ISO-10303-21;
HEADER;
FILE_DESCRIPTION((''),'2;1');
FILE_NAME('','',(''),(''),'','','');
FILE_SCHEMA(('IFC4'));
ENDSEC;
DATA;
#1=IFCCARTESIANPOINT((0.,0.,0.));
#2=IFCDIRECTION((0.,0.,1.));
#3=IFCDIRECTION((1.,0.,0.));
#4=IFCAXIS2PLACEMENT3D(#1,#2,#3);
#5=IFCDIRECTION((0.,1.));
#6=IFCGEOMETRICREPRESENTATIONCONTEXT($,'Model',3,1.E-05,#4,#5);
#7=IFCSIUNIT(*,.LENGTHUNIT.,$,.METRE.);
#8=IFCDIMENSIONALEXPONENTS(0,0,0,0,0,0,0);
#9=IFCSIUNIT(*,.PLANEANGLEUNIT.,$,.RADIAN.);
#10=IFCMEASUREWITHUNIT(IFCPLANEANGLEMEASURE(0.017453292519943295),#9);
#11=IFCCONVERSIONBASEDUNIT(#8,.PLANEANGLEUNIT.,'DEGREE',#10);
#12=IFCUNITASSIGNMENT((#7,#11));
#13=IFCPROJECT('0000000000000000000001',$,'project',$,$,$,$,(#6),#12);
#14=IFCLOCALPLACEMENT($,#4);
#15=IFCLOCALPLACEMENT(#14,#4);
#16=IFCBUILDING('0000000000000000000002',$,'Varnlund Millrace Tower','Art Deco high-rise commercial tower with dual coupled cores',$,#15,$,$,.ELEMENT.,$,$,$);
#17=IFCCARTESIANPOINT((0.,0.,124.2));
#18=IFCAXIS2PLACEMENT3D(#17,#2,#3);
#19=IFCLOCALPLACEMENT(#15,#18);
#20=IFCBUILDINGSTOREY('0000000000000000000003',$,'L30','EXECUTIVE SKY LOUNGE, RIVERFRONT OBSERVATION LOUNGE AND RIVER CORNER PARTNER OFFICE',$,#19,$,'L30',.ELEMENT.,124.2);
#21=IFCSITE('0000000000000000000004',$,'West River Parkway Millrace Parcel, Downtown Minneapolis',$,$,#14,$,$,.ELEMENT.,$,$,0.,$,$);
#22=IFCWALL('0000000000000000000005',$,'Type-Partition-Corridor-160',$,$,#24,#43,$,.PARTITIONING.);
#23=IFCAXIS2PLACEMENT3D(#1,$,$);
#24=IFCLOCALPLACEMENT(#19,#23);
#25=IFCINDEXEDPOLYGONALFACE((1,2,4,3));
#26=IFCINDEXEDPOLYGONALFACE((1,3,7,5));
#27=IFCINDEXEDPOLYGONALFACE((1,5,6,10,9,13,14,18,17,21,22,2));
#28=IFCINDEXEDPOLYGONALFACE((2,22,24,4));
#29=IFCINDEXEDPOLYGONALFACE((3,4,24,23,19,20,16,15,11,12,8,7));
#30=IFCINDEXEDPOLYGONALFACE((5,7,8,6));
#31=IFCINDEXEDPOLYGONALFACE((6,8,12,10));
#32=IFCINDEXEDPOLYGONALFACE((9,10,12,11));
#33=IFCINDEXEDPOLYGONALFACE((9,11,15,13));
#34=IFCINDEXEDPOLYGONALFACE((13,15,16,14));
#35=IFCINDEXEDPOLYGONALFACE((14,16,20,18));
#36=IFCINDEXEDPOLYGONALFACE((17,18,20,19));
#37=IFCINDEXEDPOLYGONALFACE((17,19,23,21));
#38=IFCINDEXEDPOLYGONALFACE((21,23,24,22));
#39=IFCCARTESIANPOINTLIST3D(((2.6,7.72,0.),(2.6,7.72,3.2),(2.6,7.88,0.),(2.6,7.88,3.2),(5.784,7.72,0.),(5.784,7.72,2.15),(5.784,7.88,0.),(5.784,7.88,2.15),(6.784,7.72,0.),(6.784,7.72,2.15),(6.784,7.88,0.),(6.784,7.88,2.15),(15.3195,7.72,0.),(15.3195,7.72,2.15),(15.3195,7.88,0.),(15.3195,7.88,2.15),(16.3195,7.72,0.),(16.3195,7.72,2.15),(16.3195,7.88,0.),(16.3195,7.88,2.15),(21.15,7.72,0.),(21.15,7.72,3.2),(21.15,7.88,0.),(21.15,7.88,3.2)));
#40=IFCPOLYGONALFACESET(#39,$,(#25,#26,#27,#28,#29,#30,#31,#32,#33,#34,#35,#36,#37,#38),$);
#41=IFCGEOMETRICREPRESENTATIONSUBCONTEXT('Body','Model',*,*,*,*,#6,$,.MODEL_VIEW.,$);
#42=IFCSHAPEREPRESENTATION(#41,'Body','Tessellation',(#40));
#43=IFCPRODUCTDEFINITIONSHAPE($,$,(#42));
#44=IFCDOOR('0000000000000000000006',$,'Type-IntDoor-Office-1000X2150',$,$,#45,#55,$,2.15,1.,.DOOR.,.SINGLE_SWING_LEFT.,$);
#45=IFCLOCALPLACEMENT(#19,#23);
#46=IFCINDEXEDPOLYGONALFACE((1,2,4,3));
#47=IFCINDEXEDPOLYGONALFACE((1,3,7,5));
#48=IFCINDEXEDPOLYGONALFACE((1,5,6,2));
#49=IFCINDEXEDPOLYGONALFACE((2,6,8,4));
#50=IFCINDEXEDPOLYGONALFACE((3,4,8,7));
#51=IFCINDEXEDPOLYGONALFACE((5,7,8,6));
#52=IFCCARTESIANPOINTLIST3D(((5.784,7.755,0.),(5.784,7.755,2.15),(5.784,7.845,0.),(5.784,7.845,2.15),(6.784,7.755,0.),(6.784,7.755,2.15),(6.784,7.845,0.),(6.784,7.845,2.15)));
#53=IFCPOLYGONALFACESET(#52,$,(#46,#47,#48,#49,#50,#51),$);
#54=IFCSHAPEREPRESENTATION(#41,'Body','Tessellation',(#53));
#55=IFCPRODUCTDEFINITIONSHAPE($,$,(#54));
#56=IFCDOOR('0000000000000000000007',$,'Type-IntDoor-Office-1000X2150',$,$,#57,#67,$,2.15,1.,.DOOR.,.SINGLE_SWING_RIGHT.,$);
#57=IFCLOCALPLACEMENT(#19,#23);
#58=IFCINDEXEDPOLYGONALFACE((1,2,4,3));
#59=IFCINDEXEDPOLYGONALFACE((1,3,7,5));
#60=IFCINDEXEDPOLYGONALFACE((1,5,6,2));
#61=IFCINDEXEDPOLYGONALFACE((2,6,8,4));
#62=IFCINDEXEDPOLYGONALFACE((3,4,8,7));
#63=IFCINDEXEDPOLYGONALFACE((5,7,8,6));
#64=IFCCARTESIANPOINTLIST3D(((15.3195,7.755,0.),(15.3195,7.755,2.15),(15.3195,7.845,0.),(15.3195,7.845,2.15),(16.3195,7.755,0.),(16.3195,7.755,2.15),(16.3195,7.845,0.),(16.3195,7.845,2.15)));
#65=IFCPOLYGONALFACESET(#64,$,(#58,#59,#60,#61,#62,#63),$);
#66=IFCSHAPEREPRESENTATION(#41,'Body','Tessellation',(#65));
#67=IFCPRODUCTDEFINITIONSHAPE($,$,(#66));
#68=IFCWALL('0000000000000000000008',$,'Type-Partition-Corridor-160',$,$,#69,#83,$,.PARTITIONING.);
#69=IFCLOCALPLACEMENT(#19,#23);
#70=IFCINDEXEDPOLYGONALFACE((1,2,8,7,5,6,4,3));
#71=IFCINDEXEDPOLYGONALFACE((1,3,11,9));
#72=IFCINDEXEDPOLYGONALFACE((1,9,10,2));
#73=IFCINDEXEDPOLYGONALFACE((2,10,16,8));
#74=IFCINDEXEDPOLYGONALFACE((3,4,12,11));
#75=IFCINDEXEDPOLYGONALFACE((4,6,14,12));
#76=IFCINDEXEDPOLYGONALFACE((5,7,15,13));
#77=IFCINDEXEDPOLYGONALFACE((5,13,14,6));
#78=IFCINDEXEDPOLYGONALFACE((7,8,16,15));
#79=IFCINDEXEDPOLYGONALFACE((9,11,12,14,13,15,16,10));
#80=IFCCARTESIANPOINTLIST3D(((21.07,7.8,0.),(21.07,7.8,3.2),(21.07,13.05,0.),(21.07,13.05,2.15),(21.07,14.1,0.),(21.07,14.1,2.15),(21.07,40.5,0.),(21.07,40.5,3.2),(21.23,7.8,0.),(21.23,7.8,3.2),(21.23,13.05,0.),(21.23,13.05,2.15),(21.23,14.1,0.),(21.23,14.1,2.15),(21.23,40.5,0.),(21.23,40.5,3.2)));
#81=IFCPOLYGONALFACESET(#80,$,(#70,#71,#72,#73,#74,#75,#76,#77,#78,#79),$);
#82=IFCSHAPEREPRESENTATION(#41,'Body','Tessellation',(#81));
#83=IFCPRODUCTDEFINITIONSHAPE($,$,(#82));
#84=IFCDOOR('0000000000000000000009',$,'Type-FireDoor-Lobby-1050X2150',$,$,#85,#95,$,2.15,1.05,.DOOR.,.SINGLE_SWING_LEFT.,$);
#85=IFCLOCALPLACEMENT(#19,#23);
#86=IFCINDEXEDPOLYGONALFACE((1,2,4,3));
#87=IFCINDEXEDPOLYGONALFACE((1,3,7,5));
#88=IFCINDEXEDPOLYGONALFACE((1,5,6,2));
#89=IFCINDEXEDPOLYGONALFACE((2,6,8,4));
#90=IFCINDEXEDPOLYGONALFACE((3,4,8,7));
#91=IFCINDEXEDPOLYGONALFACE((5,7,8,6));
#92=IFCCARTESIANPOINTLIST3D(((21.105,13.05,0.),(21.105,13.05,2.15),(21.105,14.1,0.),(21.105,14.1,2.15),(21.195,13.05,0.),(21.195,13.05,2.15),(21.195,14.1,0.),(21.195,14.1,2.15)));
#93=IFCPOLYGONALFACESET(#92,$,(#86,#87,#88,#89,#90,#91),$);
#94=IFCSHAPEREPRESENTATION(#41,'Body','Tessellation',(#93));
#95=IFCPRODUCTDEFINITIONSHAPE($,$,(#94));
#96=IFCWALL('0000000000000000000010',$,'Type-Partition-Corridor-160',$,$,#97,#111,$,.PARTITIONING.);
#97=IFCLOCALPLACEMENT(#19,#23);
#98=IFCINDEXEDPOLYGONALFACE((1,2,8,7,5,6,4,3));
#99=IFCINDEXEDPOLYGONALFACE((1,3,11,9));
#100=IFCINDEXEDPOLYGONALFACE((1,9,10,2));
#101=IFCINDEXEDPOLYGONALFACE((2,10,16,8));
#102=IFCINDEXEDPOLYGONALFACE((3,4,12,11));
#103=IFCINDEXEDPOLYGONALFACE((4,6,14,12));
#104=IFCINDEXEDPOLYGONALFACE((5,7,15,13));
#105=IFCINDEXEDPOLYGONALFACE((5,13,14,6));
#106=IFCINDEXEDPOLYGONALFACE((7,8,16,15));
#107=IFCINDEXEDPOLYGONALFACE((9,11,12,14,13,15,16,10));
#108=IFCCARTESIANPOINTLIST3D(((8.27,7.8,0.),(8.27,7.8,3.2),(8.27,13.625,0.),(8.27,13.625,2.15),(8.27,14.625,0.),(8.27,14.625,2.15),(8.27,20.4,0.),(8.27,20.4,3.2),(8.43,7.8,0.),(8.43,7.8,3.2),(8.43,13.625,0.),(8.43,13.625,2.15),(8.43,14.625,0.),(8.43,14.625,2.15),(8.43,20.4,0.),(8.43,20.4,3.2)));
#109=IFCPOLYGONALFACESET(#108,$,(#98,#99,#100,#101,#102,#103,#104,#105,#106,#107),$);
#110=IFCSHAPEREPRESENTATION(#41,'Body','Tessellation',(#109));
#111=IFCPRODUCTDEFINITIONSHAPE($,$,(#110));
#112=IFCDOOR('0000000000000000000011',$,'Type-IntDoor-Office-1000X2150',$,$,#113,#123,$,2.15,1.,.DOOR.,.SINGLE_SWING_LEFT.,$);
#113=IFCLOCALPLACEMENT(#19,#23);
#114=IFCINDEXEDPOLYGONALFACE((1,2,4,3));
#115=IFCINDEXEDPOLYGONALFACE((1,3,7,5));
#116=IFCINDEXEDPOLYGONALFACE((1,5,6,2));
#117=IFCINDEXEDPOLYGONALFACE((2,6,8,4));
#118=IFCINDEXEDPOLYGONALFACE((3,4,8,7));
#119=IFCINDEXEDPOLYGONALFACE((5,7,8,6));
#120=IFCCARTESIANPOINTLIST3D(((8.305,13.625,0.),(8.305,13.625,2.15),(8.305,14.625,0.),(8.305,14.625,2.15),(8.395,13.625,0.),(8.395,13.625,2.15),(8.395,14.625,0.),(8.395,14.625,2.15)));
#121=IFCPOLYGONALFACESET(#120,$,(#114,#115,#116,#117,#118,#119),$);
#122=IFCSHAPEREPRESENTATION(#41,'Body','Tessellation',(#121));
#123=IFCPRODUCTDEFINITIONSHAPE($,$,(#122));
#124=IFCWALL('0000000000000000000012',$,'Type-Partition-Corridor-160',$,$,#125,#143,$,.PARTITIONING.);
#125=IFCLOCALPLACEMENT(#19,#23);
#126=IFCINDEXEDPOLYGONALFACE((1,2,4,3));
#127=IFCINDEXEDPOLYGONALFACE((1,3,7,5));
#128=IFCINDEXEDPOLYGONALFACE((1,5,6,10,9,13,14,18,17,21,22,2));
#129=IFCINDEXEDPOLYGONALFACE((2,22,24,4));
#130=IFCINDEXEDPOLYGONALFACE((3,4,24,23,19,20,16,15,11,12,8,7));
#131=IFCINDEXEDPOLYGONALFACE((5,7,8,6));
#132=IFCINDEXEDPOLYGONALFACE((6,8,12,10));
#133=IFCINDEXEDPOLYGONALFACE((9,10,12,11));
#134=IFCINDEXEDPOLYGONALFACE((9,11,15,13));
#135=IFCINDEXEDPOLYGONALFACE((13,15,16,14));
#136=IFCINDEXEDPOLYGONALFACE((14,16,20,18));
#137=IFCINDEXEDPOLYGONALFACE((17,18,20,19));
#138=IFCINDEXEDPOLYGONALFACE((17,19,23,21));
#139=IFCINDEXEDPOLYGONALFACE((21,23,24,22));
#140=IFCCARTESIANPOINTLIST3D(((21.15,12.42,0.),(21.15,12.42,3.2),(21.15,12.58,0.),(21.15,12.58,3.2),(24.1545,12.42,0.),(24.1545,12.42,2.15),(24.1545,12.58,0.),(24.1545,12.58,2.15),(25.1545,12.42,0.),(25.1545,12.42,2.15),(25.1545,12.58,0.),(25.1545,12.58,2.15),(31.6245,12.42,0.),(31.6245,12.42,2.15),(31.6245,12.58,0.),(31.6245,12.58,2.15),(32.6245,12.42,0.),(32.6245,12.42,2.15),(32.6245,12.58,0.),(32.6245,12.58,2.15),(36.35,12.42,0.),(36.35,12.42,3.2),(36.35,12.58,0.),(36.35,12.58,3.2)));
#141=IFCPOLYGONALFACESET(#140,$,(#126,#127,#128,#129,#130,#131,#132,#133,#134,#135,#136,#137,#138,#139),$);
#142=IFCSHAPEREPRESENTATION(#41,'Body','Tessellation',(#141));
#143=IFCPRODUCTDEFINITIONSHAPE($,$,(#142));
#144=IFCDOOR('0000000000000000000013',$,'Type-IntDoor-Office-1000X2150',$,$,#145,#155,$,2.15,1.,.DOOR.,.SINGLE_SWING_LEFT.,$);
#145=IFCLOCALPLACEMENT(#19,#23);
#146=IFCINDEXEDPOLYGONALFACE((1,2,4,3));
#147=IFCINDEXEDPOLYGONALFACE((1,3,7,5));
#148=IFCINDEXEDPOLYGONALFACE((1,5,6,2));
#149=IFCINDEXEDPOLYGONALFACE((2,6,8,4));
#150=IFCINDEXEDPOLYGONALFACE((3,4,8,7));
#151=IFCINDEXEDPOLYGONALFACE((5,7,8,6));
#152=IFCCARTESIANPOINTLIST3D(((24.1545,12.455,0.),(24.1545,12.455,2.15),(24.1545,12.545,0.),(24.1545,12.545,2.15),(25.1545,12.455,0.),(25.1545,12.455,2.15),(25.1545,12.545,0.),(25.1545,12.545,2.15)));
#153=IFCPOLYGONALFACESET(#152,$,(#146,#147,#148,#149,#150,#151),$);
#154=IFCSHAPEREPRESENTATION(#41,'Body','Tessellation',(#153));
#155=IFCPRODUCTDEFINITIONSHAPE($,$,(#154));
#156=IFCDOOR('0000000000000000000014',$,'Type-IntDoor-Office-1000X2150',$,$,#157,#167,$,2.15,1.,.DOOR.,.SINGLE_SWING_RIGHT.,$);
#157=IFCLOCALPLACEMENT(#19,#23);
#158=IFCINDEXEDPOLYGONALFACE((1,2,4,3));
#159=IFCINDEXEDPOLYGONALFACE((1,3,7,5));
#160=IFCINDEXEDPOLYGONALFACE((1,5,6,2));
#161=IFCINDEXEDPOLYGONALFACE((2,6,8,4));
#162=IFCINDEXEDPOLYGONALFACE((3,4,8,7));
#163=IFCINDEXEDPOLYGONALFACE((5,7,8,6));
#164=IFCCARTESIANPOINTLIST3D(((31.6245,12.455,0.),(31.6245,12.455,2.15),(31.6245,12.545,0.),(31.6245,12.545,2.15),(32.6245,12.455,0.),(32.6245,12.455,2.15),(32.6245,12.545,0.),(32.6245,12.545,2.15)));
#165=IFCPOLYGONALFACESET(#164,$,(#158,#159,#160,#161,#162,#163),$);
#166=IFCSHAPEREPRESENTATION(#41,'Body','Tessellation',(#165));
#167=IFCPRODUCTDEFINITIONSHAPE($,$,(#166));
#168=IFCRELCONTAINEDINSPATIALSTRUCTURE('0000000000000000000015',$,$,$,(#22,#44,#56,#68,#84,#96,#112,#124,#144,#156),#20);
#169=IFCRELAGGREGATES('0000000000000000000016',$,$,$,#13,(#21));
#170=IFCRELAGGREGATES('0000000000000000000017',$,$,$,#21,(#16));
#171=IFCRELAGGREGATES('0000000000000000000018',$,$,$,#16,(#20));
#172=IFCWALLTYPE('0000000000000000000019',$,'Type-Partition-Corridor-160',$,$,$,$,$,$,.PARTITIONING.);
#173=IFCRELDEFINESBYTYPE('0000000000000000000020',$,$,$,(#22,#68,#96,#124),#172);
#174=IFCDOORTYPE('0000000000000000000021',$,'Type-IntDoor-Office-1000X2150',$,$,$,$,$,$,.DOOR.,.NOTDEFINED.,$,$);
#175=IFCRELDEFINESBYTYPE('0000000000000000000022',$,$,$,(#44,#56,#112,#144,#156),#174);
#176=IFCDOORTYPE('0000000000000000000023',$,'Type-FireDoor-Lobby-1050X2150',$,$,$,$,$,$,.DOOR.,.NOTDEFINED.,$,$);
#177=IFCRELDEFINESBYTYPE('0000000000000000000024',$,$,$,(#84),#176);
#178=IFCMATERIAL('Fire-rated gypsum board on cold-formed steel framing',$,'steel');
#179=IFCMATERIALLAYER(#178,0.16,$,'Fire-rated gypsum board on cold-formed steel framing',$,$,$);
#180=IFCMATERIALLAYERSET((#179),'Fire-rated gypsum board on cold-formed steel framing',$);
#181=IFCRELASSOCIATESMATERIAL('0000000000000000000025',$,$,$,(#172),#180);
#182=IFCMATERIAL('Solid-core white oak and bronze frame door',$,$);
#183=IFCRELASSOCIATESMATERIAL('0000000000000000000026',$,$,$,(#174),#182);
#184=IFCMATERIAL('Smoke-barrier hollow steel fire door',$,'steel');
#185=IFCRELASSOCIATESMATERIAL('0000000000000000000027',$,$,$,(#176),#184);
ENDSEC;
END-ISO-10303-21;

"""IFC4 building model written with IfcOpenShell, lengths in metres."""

from ifc_helpers import new_model, entity, si_unit, converted_unit, direction, frame, origin_with_axes, origin_2d_with_axis, place, context, subcontext, project, spatial, polyline, rectangle, outline, extrude, material, layer, layer_set, type_object, element, fill, save


model = new_model("IFC4")

# Units and contexts
model_context = context("Model", 3, precision=1e-05, world=origin_with_axes(), true_north=direction((0.0, 1.0)))
body_context = subcontext(model_context, "Body", "Model", "MODEL_VIEW")
ifc_project = project(units=[si_unit("LENGTHUNIT", "METRE"), converted_unit("PLANEANGLEUNIT", "DEGREE", entity("IfcPlaneAngleMeasure", 0.017453292519943295), si_unit("PLANEANGLEUNIT", "RADIAN"), dimensions=[0, 0, 0, 0, 0, 0, 0])], contexts=[model_context])

# Site, building, storey
site_placement = place(None, origin_with_axes())
site = spatial("IfcSite", under=ifc_project, at=site_placement, Name="West River Parkway Millrace Parcel, Downtown Minneapolis", CompositionType="ELEMENT", RefElevation=0.0)
building_placement = place(site_placement, origin_with_axes())
building = spatial("IfcBuilding", under=site, at=building_placement, Name="Varnlund Millrace Tower", Description="Art Deco high-rise commercial tower with dual coupled cores", CompositionType="ELEMENT")
storey_placement = place(building_placement, frame((0.0, 0.0, 124.2), z_axis=(0.0, 0.0, 1.0), x_axis=(1.0, 0.0, 0.0)))
storey = spatial("IfcBuildingStorey", under=building, at=storey_placement, Name="L30", Description="EXECUTIVE SKY LOUNGE, RIVERFRONT OBSERVATION LOUNGE AND RIVER CORNER PARTNER OFFICE", LongName="L30", CompositionType="ELEMENT", Elevation=124.2)

# Wall, openings, doors
ifc_material_1 = material(Name="Fire-rated gypsum board on cold-formed steel framing", Category="steel")
ifc_layer_1 = layer(ifc_material_1, 0.16, Name="Fire-rated gypsum board on cold-formed steel framing")
ifc_layer_set_1 = layer_set([ifc_layer_1], Name="Fire-rated gypsum board on cold-formed steel framing")
wall_type_1 = type_object("IfcWallType", Name="Type-Partition-Corridor-160", PredefinedType="PARTITIONING", material=ifc_layer_set_1)
wall_1_placement = place(storey_placement, frame((2.6, 7.8, 0.0), z_axis=(0.0, 0.0, 1.0), x_axis=(1.0, 0.0, 0.0)))
wall_1 = element("IfcWall", 1, at=wall_1_placement, inside=storey, type_object=wall_type_1, Name="Type-Partition-Corridor-160", PredefinedType="PARTITIONING", context=body_context, shape_type="SweptSolid", body=[
    extrude(outline(polyline([(0.0, -0.08), (18.55, -0.08), (18.55, 0.08), (0.0, 0.08), (0.0, -0.08)])), origin_with_axes(), (0.0, 0.0, 1.0), 3.2),
])
opening_1_placement = place(wall_1_placement, frame((3.684, 0.0, 0.0), z_axis=(0.0, 0.0, 1.0), x_axis=(1.0, 0.0, 0.0)))
opening_1 = element("IfcOpeningElement", 2, at=opening_1_placement, cuts=wall_1, PredefinedType="OPENING", context=body_context, shape_type="SweptSolid", body=[
    extrude(rectangle(XDim=1.0, YDim=0.18, at=origin_2d_with_axis()), origin_with_axes(), (0.0, 0.0, 1.0), 2.15),
])
opening_2_placement = place(wall_1_placement, frame((13.2195, 0.0, 0.0), z_axis=(0.0, 0.0, 1.0), x_axis=(1.0, 0.0, 0.0)))
opening_2 = element("IfcOpeningElement", 3, at=opening_2_placement, cuts=wall_1, PredefinedType="OPENING", context=body_context, shape_type="SweptSolid", body=[
    extrude(rectangle(XDim=1.0, YDim=0.18, at=origin_2d_with_axis()), origin_with_axes(), (0.0, 0.0, 1.0), 2.15),
])
ifc_material_2 = material(Name="Solid-core white oak and bronze frame door")
door_type_1 = type_object("IfcDoorType", Name="Type-IntDoor-Office-1000X2150", OperationType="NOTDEFINED", PredefinedType="DOOR", material=ifc_material_2)
door_1_placement = place(wall_1_placement, frame((3.684, 0.0, 0.0), z_axis=(0.0, 0.0, 1.0), x_axis=(1.0, 0.0, 0.0)))
door_1 = element("IfcDoor", 4, at=door_1_placement, inside=storey, type_object=door_type_1, Name="Type-IntDoor-Office-1000X2150", OperationType="SINGLE_SWING_LEFT", OverallHeight=2.15, OverallWidth=1.0, PredefinedType="DOOR", context=body_context, shape_type="SweptSolid", body=[
    extrude(rectangle(XDim=1.0, YDim=0.09, at=origin_2d_with_axis()), origin_with_axes(), (0.0, 0.0, 1.0), 2.15),
])
fill(opening_1, door_1)
door_2_placement = place(wall_1_placement, frame((13.2195, 0.0, 0.0), z_axis=(0.0, 0.0, 1.0), x_axis=(1.0, 0.0, 0.0)))
door_2 = element("IfcDoor", 5, at=door_2_placement, inside=storey, type_object=door_type_1, Name="Type-IntDoor-Office-1000X2150", OperationType="SINGLE_SWING_RIGHT", OverallHeight=2.15, OverallWidth=1.0, PredefinedType="DOOR", context=body_context, shape_type="SweptSolid", body=[
    extrude(rectangle(XDim=1.0, YDim=0.09, at=origin_2d_with_axis()), origin_with_axes(), (0.0, 0.0, 1.0), 2.15),
])
fill(opening_2, door_2)

# Walls, openings, doors
wall_2_placement = place(storey_placement, frame((21.15, 7.8, 0.0), z_axis=(0.0, 0.0, 1.0), x_axis=(0.0, 1.0, 0.0)))
wall_2 = element("IfcWall", 6, at=wall_2_placement, inside=storey, type_object=wall_type_1, Name="Type-Partition-Corridor-160", PredefinedType="PARTITIONING", context=body_context, shape_type="SweptSolid", body=[
    extrude(outline(polyline([(0.0, -0.08), (32.7, -0.08), (32.7, 0.08), (0.0, 0.08), (0.0, -0.08)])), origin_with_axes(), (0.0, 0.0, 1.0), 3.2),
])
opening_3_placement = place(wall_2_placement, frame((5.775, 0.0, 0.0), z_axis=(0.0, 0.0, 1.0), x_axis=(1.0, 0.0, 0.0)))
opening_3 = element("IfcOpeningElement", 7, at=opening_3_placement, cuts=wall_2, PredefinedType="OPENING", context=body_context, shape_type="SweptSolid", body=[
    extrude(rectangle(XDim=1.05, YDim=0.18, at=origin_2d_with_axis()), origin_with_axes(), (0.0, 0.0, 1.0), 2.15),
])
ifc_material_3 = material(Name="Smoke-barrier hollow steel fire door", Category="steel")
door_type_2 = type_object("IfcDoorType", Name="Type-FireDoor-Lobby-1050X2150", OperationType="NOTDEFINED", PredefinedType="DOOR", material=ifc_material_3)
door_3_placement = place(wall_2_placement, frame((5.775, 0.0, 0.0), z_axis=(0.0, 0.0, 1.0), x_axis=(1.0, 0.0, 0.0)))
door_3 = element("IfcDoor", 8, at=door_3_placement, inside=storey, type_object=door_type_2, Name="Type-FireDoor-Lobby-1050X2150", OperationType="SINGLE_SWING_LEFT", OverallHeight=2.15, OverallWidth=1.05, PredefinedType="DOOR", context=body_context, shape_type="SweptSolid", body=[
    extrude(rectangle(XDim=1.05, YDim=0.09, at=origin_2d_with_axis()), origin_with_axes(), (0.0, 0.0, 1.0), 2.15),
])
fill(opening_3, door_3)
wall_3_placement = place(storey_placement, frame((8.35, 7.8, 0.0), z_axis=(0.0, 0.0, 1.0), x_axis=(0.0, 1.0, 0.0)))
wall_3 = element("IfcWall", 9, at=wall_3_placement, inside=storey, type_object=wall_type_1, Name="Type-Partition-Corridor-160", PredefinedType="PARTITIONING", context=body_context, shape_type="SweptSolid", body=[
    extrude(outline(polyline([(0.0, -0.08), (12.6, -0.08), (12.6, 0.08), (0.0, 0.08), (0.0, -0.08)])), origin_with_axes(), (0.0, 0.0, 1.0), 3.2),
])
opening_4_placement = place(wall_3_placement, frame((6.325, 0.0, 0.0), z_axis=(0.0, 0.0, 1.0), x_axis=(1.0, 0.0, 0.0)))
opening_4 = element("IfcOpeningElement", 10, at=opening_4_placement, cuts=wall_3, PredefinedType="OPENING", context=body_context, shape_type="SweptSolid", body=[
    extrude(rectangle(XDim=1.0, YDim=0.18, at=origin_2d_with_axis()), origin_with_axes(), (0.0, 0.0, 1.0), 2.15),
])
door_4_placement = place(wall_3_placement, frame((6.325, 0.0, 0.0), z_axis=(0.0, 0.0, 1.0), x_axis=(1.0, 0.0, 0.0)))
door_4 = element("IfcDoor", 11, at=door_4_placement, inside=storey, type_object=door_type_1, Name="Type-IntDoor-Office-1000X2150", OperationType="SINGLE_SWING_LEFT", OverallHeight=2.15, OverallWidth=1.0, PredefinedType="DOOR", context=body_context, shape_type="SweptSolid", body=[
    extrude(rectangle(XDim=1.0, YDim=0.09, at=origin_2d_with_axis()), origin_with_axes(), (0.0, 0.0, 1.0), 2.15),
])
fill(opening_4, door_4)

# Wall, openings, doors
wall_4_placement = place(storey_placement, frame((21.15, 12.5, 0.0), z_axis=(0.0, 0.0, 1.0), x_axis=(1.0, 0.0, 0.0)))
wall_4 = element("IfcWall", 12, at=wall_4_placement, inside=storey, type_object=wall_type_1, Name="Type-Partition-Corridor-160", PredefinedType="PARTITIONING", context=body_context, shape_type="SweptSolid", body=[
    extrude(outline(polyline([(0.0, -0.08), (15.2, -0.08), (15.2, 0.08), (0.0, 0.08), (0.0, -0.08)])), origin_with_axes(), (0.0, 0.0, 1.0), 3.2),
])
opening_5_placement = place(wall_4_placement, frame((3.5045, 0.0, 0.0), z_axis=(0.0, 0.0, 1.0), x_axis=(1.0, 0.0, 0.0)))
opening_5 = element("IfcOpeningElement", 13, at=opening_5_placement, cuts=wall_4, PredefinedType="OPENING", context=body_context, shape_type="SweptSolid", body=[
    extrude(rectangle(XDim=1.0, YDim=0.18, at=origin_2d_with_axis()), origin_with_axes(), (0.0, 0.0, 1.0), 2.15),
])
opening_6_placement = place(wall_4_placement, frame((10.9745, 0.0, 0.0), z_axis=(0.0, 0.0, 1.0), x_axis=(1.0, 0.0, 0.0)))
opening_6 = element("IfcOpeningElement", 14, at=opening_6_placement, cuts=wall_4, PredefinedType="OPENING", context=body_context, shape_type="SweptSolid", body=[
    extrude(rectangle(XDim=1.0, YDim=0.18, at=origin_2d_with_axis()), origin_with_axes(), (0.0, 0.0, 1.0), 2.15),
])
door_5_placement = place(wall_4_placement, frame((3.5045, 0.0, 0.0), z_axis=(0.0, 0.0, 1.0), x_axis=(1.0, 0.0, 0.0)))
door_5 = element("IfcDoor", 15, at=door_5_placement, inside=storey, type_object=door_type_1, Name="Type-IntDoor-Office-1000X2150", OperationType="SINGLE_SWING_LEFT", OverallHeight=2.15, OverallWidth=1.0, PredefinedType="DOOR", context=body_context, shape_type="SweptSolid", body=[
    extrude(rectangle(XDim=1.0, YDim=0.09, at=origin_2d_with_axis()), origin_with_axes(), (0.0, 0.0, 1.0), 2.15),
])
fill(opening_5, door_5)
door_6_placement = place(wall_4_placement, frame((10.9745, 0.0, 0.0), z_axis=(0.0, 0.0, 1.0), x_axis=(1.0, 0.0, 0.0)))
door_6 = element("IfcDoor", 16, at=door_6_placement, inside=storey, type_object=door_type_1, Name="Type-IntDoor-Office-1000X2150", OperationType="SINGLE_SWING_RIGHT", OverallHeight=2.15, OverallWidth=1.0, PredefinedType="DOOR", context=body_context, shape_type="SweptSolid", body=[
    extrude(rectangle(XDim=1.0, YDim=0.09, at=origin_2d_with_axis()), origin_with_axes(), (0.0, 0.0, 1.0), 2.15),
])
fill(opening_6, door_6)

save(model, "model.ifc")
